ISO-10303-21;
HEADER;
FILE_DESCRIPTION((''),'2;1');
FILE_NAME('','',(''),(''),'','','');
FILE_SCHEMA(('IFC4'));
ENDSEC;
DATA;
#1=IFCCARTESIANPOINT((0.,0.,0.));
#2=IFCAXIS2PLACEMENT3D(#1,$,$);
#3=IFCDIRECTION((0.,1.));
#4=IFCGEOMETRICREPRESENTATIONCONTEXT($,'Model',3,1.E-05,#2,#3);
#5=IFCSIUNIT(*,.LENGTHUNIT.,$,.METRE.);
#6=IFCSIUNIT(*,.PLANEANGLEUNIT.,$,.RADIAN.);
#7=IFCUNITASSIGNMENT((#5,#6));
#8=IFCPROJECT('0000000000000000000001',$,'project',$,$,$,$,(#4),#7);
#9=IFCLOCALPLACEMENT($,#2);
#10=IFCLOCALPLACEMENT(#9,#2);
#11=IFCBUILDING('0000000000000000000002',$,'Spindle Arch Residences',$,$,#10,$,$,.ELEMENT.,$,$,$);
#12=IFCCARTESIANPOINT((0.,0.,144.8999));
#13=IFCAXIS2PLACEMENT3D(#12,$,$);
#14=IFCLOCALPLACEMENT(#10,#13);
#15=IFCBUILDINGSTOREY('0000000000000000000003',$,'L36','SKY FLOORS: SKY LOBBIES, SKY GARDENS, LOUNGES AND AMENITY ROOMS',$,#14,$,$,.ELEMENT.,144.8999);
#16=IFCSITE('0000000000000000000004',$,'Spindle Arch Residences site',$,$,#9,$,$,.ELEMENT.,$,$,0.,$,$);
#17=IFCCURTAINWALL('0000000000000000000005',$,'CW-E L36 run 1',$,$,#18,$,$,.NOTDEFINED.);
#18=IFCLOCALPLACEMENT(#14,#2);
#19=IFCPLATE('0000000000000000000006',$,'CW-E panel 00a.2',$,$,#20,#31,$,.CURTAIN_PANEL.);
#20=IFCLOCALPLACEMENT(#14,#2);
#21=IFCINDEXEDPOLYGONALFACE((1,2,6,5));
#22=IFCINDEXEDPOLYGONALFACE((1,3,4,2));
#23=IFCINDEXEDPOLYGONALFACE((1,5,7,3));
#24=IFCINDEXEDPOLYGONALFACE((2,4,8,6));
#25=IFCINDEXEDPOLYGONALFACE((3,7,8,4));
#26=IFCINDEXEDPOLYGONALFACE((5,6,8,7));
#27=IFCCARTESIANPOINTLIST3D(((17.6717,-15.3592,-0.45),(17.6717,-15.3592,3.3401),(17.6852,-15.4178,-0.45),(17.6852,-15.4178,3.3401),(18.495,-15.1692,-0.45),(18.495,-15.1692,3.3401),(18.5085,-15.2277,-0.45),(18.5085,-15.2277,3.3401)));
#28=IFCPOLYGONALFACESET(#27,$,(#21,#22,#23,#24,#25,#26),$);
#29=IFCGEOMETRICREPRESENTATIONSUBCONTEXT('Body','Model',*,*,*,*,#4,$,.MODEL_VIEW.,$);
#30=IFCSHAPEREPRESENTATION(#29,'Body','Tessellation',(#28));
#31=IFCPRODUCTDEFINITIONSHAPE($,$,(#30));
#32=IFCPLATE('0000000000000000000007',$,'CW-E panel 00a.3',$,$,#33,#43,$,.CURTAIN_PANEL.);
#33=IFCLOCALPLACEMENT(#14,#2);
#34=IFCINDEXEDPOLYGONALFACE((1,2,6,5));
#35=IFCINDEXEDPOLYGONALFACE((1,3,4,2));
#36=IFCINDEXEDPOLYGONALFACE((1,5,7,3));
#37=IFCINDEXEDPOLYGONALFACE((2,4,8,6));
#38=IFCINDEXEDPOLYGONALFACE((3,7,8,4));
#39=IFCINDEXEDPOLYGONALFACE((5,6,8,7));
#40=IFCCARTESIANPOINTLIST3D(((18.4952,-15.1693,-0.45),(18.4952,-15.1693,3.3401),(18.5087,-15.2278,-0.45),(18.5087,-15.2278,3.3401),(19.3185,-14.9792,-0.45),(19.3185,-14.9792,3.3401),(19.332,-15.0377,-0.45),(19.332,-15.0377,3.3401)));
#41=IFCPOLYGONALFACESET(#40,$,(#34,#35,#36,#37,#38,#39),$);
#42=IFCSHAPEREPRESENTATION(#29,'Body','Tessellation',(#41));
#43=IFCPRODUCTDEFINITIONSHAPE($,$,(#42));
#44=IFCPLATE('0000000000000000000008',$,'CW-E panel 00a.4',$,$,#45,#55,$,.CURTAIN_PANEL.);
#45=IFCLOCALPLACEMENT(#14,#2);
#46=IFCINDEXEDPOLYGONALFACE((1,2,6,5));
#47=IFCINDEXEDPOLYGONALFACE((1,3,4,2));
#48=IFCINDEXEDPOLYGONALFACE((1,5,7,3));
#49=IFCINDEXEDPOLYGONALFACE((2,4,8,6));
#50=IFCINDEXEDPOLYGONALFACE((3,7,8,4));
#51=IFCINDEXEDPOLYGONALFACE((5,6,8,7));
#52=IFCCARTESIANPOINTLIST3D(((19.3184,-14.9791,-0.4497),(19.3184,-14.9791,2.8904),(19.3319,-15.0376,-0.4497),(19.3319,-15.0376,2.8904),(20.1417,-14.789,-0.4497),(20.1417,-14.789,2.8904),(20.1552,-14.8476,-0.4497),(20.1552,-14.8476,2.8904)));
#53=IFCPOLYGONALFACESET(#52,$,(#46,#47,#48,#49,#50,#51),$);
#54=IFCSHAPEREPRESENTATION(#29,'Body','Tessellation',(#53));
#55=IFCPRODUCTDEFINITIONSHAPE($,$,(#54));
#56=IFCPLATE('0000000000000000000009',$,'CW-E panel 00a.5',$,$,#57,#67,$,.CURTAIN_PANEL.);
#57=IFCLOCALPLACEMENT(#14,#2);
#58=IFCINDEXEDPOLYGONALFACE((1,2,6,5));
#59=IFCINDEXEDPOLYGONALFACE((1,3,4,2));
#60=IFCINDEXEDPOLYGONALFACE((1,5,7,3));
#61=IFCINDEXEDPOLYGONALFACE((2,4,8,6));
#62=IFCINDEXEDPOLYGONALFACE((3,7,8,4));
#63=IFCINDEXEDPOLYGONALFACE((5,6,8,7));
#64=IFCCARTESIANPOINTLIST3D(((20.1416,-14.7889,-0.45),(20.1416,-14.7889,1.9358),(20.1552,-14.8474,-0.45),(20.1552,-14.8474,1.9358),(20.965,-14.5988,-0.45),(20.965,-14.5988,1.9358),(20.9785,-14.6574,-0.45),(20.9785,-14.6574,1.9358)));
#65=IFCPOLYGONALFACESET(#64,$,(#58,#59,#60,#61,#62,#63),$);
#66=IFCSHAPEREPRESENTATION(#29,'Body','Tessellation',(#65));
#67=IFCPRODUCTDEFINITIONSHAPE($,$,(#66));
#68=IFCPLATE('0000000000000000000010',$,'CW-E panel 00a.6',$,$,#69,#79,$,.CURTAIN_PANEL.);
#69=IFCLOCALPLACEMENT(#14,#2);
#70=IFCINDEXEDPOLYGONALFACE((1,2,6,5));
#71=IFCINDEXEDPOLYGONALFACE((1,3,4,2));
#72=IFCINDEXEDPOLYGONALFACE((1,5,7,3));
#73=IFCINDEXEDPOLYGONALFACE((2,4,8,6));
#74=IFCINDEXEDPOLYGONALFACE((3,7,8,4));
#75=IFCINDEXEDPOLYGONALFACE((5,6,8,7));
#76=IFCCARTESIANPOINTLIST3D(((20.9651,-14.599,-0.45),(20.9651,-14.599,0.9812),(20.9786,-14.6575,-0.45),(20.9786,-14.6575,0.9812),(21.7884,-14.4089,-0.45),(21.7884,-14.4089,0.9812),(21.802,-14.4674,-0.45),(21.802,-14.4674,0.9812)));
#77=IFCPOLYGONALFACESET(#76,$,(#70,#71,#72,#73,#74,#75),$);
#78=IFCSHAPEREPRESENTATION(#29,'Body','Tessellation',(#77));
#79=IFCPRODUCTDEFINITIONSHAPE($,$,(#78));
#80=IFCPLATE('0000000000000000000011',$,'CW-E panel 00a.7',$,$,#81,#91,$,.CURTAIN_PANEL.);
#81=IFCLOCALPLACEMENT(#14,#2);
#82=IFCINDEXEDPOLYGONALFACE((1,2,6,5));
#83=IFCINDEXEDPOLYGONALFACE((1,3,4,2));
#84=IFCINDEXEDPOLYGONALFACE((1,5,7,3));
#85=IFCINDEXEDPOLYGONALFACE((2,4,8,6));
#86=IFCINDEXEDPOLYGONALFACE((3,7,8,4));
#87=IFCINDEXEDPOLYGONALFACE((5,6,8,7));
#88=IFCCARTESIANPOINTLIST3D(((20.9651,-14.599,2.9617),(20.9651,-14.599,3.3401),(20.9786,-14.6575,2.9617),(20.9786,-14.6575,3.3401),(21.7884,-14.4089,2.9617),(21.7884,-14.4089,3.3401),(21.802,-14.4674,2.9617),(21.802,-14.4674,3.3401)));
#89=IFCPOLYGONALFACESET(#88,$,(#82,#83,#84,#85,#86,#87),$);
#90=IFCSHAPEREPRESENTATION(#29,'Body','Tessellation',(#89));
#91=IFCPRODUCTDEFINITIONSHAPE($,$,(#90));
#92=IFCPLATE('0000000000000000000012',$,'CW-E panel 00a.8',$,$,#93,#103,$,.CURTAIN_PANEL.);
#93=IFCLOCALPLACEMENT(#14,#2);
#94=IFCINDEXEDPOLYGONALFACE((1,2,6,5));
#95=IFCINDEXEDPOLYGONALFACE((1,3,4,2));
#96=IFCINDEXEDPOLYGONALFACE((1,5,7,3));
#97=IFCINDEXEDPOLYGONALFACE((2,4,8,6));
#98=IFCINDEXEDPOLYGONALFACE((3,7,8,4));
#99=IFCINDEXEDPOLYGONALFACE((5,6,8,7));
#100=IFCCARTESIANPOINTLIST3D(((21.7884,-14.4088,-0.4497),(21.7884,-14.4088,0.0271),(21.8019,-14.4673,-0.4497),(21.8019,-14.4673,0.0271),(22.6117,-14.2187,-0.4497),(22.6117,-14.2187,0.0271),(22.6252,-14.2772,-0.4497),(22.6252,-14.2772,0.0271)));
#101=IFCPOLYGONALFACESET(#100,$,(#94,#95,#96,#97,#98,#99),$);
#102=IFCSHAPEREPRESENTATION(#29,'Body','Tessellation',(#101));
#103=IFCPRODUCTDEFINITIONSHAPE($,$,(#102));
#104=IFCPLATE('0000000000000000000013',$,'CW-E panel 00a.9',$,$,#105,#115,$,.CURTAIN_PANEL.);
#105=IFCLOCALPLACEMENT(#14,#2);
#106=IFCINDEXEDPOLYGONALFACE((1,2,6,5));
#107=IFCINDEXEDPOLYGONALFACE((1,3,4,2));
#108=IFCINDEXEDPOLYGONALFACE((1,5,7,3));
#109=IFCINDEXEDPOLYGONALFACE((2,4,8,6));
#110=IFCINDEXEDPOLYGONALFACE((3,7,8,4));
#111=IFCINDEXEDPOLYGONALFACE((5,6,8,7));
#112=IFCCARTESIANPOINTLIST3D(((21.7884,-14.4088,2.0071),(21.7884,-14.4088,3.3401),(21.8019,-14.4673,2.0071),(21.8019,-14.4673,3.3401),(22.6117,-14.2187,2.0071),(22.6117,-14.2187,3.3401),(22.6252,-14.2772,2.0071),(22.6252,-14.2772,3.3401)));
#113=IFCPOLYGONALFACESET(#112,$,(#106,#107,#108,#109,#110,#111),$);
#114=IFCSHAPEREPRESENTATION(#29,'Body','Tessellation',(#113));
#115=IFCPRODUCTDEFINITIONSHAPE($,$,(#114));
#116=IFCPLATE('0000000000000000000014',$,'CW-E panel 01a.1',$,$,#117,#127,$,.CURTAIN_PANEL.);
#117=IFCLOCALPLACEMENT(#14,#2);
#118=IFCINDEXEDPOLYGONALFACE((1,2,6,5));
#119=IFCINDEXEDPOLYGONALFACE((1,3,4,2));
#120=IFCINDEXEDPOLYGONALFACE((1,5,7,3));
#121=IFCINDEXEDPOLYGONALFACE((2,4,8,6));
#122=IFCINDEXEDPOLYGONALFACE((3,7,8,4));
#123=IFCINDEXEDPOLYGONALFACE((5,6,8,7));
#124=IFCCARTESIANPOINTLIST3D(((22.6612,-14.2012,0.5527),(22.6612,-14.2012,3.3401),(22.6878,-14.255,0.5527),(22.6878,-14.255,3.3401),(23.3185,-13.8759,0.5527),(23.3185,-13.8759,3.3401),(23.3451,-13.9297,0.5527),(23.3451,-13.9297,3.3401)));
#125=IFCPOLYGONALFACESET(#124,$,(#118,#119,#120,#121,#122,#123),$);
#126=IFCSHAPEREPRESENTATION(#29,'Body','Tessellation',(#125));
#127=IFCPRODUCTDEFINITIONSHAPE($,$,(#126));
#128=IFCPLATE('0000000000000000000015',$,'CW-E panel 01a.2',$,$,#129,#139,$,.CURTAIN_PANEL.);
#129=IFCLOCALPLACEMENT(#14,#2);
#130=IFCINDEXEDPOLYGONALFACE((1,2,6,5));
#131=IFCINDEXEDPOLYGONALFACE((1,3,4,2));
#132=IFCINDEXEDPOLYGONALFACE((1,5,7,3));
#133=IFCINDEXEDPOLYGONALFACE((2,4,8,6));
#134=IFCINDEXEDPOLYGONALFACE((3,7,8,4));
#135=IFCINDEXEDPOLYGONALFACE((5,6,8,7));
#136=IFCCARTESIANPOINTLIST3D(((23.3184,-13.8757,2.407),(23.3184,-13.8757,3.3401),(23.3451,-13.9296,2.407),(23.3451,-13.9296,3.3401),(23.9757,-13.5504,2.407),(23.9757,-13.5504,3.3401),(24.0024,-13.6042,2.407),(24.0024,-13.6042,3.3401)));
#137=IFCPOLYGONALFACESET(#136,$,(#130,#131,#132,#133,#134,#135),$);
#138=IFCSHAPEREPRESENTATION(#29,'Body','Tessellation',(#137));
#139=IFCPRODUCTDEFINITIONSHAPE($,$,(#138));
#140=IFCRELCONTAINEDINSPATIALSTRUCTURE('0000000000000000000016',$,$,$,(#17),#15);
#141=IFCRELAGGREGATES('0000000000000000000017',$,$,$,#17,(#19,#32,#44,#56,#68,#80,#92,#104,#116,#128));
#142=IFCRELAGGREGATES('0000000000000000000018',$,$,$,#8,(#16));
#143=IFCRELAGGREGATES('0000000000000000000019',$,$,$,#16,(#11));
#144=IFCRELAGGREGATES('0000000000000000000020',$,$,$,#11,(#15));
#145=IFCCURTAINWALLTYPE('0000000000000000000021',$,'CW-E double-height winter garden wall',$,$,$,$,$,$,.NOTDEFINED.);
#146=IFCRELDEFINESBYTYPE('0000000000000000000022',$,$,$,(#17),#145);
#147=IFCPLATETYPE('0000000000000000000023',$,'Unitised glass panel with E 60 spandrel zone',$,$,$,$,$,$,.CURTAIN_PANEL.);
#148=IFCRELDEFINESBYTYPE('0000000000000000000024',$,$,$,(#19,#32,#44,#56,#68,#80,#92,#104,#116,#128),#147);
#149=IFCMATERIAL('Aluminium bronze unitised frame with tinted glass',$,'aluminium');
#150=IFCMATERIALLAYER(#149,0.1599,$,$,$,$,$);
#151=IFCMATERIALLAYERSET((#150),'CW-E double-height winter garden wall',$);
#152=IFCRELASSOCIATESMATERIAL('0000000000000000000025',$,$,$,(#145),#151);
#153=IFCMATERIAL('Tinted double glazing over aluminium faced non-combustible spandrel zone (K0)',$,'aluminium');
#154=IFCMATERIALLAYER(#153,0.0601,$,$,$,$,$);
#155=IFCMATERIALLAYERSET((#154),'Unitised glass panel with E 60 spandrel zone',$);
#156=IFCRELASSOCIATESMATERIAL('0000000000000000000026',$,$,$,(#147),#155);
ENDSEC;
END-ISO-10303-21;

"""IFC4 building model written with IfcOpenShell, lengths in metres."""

from ifc_helpers import new_model, si_unit, direction, frame, origin, origin_2d, place, context, subcontext, project, spatial, rectangle, extrude, material, layer, layer_set, type_object, element, aggregate, save


model = new_model("IFC4")

# Units and contexts
model_context = context("Model", 3, precision=1e-05, world=origin(), true_north=direction((0.0, 1.0)))
body_context = subcontext(model_context, "Body", "Model", "MODEL_VIEW")
ifc_project = project(units=[si_unit("LENGTHUNIT", "METRE"), si_unit("PLANEANGLEUNIT", "RADIAN")], contexts=[model_context])

# Site, building, storey
site_placement = place(None, origin())
site = spatial("IfcSite", under=ifc_project, at=site_placement, Name="Spindle Arch Residences site", CompositionType="ELEMENT", RefElevation=0.0)
building_placement = place(site_placement, origin())
building = spatial("IfcBuilding", under=site, at=building_placement, Name="Spindle Arch Residences", CompositionType="ELEMENT")
storey_placement = place(building_placement, frame((0.0, 0.0, 144.8999)))
storey = spatial("IfcBuildingStorey", under=building, at=storey_placement, Name="L36", Description="SKY FLOORS: SKY LOBBIES, SKY GARDENS, LOUNGES AND AMENITY ROOMS", CompositionType="ELEMENT", Elevation=144.8999)

# Curtain wall, plates
ifc_material_1 = material(Name="Aluminium bronze unitised frame with tinted glass", Category="aluminium")
ifc_layer_1 = layer(ifc_material_1, 0.1599)
ifc_layer_set_1 = layer_set([ifc_layer_1], Name="CW-E double-height winter garden wall")
curtain_wall_type = type_object("IfcCurtainWallType", Name="CW-E double-height winter garden wall", PredefinedType="NOTDEFINED", material=ifc_layer_set_1)
curtain_wall_placement = place(storey_placement, origin())
curtain_wall = element("IfcCurtainWall", 1, at=curtain_wall_placement, inside=storey, type_object=curtain_wall_type, Name="CW-E L36 run 1", PredefinedType="NOTDEFINED")
ifc_material_2 = material(Name="Tinted double glazing over aluminium faced non-combustible spandrel zone (K0)", Category="aluminium")
ifc_layer_2 = layer(ifc_material_2, 0.0601)
ifc_layer_set_2 = layer_set([ifc_layer_2], Name="Unitised glass panel with E 60 spandrel zone")
plate_type_1 = type_object("IfcPlateType", Name="Unitised glass panel with E 60 spandrel zone", PredefinedType="CURTAIN_PANEL", material=ifc_layer_set_2)
plate_1_placement = place(storey_placement, frame((18.0901, -15.2935, -0.45), z_axis=(0.0, 0.0, 1.0), x_axis=(0.97437, 0.224951, 0.0)))
plate_1 = element("IfcPlate", 2, at=plate_1_placement, type_object=plate_type_1, Name="CW-E panel 00a.2", PredefinedType="CURTAIN_PANEL", context=body_context, shape_type="SweptSolid", body=[
    extrude(rectangle(XDim=0.845, YDim=0.0601, at=origin_2d()), origin(), (0.0, 0.0, 1.0), 3.79),
])
plate_2_placement = place(storey_placement, frame((18.9136, -15.1035, -0.45), z_axis=(0.0, 0.0, 1.0), x_axis=(0.97437, 0.224951, 0.0)))
plate_2 = element("IfcPlate", 3, at=plate_2_placement, type_object=plate_type_1, Name="CW-E panel 00a.3", PredefinedType="CURTAIN_PANEL", context=body_context, shape_type="SweptSolid", body=[
    extrude(rectangle(XDim=0.845, YDim=0.0601, at=origin_2d()), origin(), (0.0, 0.0, 1.0), 3.79),
])
plate_3_placement = place(storey_placement, frame((19.7368, -14.9133, -0.4497), z_axis=(0.0, 0.0, 1.0), x_axis=(0.97437, 0.224951, 0.0)))
plate_3 = element("IfcPlate", 4, at=plate_3_placement, type_object=plate_type_1, Name="CW-E panel 00a.4", PredefinedType="CURTAIN_PANEL", context=body_context, shape_type="SweptSolid", body=[
    extrude(rectangle(XDim=0.845, YDim=0.0601, at=origin_2d()), origin(), (0.0, 0.0, 1.0), 3.3401),
])
plate_4_placement = place(storey_placement, frame((20.5601, -14.7231, -0.45), z_axis=(0.0, 0.0, 1.0), x_axis=(0.97437, 0.224951, 0.0)))
plate_4 = element("IfcPlate", 5, at=plate_4_placement, type_object=plate_type_1, Name="CW-E panel 00a.5", PredefinedType="CURTAIN_PANEL", context=body_context, shape_type="SweptSolid", body=[
    extrude(rectangle(XDim=0.845, YDim=0.0601, at=origin_2d()), origin(), (0.0, 0.0, 1.0), 2.3857),
])
plate_5_placement = place(storey_placement, frame((21.3835, -14.5332, -0.45), z_axis=(0.0, 0.0, 1.0), x_axis=(0.97437, 0.224951, 0.0)))
plate_5 = element("IfcPlate", 6, at=plate_5_placement, type_object=plate_type_1, Name="CW-E panel 00a.6", PredefinedType="CURTAIN_PANEL", context=body_context, shape_type="SweptSolid", body=[
    extrude(rectangle(XDim=0.845, YDim=0.0601, at=origin_2d()), origin(), (0.0, 0.0, 1.0), 1.4312),
])
plate_6_placement = place(storey_placement, frame((21.3835, -14.5332, 2.9617), z_axis=(0.0, 0.0, 1.0), x_axis=(0.97437, 0.224951, 0.0)))
plate_6 = element("IfcPlate", 7, at=plate_6_placement, type_object=plate_type_1, Name="CW-E panel 00a.7", PredefinedType="CURTAIN_PANEL", context=body_context, shape_type="SweptSolid", body=[
    extrude(rectangle(XDim=0.845, YDim=0.0601, at=origin_2d()), origin(), (0.0, 0.0, 1.0), 0.3784),
])
plate_7_placement = place(storey_placement, frame((22.2068, -14.343, -0.4497), z_axis=(0.0, 0.0, 1.0), x_axis=(0.97437, 0.224951, 0.0)))
plate_7 = element("IfcPlate", 8, at=plate_7_placement, type_object=plate_type_1, Name="CW-E panel 00a.8", PredefinedType="CURTAIN_PANEL", context=body_context, shape_type="SweptSolid", body=[
    extrude(rectangle(XDim=0.845, YDim=0.0601, at=origin_2d()), origin(), (0.0, 0.0, 1.0), 0.4768),
])
plate_8_placement = place(storey_placement, frame((22.2068, -14.343, 2.0071), z_axis=(0.0, 0.0, 1.0), x_axis=(0.97437, 0.224951, 0.0)))
plate_8 = element("IfcPlate", 9, at=plate_8_placement, type_object=plate_type_1, Name="CW-E panel 00a.9", PredefinedType="CURTAIN_PANEL", context=body_context, shape_type="SweptSolid", body=[
    extrude(rectangle(XDim=0.845, YDim=0.0601, at=origin_2d()), origin(), (0.0, 0.0, 1.0), 1.333),
])
plate_9_placement = place(storey_placement, frame((23.0032, -14.0654, 0.5527), z_axis=(0.0, 0.0, 1.0), x_axis=(0.896229, 0.443593, 0.0)))
plate_9 = element("IfcPlate", 10, at=plate_9_placement, type_object=plate_type_1, Name="CW-E panel 01a.1", PredefinedType="CURTAIN_PANEL", context=body_context, shape_type="SweptSolid", body=[
    extrude(rectangle(XDim=0.7334, YDim=0.0601, at=origin_2d()), origin(), (0.0, 0.0, 1.0), 2.7874),
])
plate_10_placement = place(storey_placement, frame((23.6604, -13.74, 2.407), z_axis=(0.0, 0.0, 1.0), x_axis=(0.896229, 0.443593, 0.0)))
plate_10 = element("IfcPlate", 11, at=plate_10_placement, type_object=plate_type_1, Name="CW-E panel 01a.2", PredefinedType="CURTAIN_PANEL", context=body_context, shape_type="SweptSolid", body=[
    extrude(rectangle(XDim=0.7334, YDim=0.0601, at=origin_2d()), origin(), (0.0, 0.0, 1.0), 0.9331),
])
aggregate(curtain_wall, [plate_1, plate_2, plate_3, plate_4, plate_5, plate_6, plate_7, plate_8, plate_9, plate_10])

save(model, "model.ifc")
